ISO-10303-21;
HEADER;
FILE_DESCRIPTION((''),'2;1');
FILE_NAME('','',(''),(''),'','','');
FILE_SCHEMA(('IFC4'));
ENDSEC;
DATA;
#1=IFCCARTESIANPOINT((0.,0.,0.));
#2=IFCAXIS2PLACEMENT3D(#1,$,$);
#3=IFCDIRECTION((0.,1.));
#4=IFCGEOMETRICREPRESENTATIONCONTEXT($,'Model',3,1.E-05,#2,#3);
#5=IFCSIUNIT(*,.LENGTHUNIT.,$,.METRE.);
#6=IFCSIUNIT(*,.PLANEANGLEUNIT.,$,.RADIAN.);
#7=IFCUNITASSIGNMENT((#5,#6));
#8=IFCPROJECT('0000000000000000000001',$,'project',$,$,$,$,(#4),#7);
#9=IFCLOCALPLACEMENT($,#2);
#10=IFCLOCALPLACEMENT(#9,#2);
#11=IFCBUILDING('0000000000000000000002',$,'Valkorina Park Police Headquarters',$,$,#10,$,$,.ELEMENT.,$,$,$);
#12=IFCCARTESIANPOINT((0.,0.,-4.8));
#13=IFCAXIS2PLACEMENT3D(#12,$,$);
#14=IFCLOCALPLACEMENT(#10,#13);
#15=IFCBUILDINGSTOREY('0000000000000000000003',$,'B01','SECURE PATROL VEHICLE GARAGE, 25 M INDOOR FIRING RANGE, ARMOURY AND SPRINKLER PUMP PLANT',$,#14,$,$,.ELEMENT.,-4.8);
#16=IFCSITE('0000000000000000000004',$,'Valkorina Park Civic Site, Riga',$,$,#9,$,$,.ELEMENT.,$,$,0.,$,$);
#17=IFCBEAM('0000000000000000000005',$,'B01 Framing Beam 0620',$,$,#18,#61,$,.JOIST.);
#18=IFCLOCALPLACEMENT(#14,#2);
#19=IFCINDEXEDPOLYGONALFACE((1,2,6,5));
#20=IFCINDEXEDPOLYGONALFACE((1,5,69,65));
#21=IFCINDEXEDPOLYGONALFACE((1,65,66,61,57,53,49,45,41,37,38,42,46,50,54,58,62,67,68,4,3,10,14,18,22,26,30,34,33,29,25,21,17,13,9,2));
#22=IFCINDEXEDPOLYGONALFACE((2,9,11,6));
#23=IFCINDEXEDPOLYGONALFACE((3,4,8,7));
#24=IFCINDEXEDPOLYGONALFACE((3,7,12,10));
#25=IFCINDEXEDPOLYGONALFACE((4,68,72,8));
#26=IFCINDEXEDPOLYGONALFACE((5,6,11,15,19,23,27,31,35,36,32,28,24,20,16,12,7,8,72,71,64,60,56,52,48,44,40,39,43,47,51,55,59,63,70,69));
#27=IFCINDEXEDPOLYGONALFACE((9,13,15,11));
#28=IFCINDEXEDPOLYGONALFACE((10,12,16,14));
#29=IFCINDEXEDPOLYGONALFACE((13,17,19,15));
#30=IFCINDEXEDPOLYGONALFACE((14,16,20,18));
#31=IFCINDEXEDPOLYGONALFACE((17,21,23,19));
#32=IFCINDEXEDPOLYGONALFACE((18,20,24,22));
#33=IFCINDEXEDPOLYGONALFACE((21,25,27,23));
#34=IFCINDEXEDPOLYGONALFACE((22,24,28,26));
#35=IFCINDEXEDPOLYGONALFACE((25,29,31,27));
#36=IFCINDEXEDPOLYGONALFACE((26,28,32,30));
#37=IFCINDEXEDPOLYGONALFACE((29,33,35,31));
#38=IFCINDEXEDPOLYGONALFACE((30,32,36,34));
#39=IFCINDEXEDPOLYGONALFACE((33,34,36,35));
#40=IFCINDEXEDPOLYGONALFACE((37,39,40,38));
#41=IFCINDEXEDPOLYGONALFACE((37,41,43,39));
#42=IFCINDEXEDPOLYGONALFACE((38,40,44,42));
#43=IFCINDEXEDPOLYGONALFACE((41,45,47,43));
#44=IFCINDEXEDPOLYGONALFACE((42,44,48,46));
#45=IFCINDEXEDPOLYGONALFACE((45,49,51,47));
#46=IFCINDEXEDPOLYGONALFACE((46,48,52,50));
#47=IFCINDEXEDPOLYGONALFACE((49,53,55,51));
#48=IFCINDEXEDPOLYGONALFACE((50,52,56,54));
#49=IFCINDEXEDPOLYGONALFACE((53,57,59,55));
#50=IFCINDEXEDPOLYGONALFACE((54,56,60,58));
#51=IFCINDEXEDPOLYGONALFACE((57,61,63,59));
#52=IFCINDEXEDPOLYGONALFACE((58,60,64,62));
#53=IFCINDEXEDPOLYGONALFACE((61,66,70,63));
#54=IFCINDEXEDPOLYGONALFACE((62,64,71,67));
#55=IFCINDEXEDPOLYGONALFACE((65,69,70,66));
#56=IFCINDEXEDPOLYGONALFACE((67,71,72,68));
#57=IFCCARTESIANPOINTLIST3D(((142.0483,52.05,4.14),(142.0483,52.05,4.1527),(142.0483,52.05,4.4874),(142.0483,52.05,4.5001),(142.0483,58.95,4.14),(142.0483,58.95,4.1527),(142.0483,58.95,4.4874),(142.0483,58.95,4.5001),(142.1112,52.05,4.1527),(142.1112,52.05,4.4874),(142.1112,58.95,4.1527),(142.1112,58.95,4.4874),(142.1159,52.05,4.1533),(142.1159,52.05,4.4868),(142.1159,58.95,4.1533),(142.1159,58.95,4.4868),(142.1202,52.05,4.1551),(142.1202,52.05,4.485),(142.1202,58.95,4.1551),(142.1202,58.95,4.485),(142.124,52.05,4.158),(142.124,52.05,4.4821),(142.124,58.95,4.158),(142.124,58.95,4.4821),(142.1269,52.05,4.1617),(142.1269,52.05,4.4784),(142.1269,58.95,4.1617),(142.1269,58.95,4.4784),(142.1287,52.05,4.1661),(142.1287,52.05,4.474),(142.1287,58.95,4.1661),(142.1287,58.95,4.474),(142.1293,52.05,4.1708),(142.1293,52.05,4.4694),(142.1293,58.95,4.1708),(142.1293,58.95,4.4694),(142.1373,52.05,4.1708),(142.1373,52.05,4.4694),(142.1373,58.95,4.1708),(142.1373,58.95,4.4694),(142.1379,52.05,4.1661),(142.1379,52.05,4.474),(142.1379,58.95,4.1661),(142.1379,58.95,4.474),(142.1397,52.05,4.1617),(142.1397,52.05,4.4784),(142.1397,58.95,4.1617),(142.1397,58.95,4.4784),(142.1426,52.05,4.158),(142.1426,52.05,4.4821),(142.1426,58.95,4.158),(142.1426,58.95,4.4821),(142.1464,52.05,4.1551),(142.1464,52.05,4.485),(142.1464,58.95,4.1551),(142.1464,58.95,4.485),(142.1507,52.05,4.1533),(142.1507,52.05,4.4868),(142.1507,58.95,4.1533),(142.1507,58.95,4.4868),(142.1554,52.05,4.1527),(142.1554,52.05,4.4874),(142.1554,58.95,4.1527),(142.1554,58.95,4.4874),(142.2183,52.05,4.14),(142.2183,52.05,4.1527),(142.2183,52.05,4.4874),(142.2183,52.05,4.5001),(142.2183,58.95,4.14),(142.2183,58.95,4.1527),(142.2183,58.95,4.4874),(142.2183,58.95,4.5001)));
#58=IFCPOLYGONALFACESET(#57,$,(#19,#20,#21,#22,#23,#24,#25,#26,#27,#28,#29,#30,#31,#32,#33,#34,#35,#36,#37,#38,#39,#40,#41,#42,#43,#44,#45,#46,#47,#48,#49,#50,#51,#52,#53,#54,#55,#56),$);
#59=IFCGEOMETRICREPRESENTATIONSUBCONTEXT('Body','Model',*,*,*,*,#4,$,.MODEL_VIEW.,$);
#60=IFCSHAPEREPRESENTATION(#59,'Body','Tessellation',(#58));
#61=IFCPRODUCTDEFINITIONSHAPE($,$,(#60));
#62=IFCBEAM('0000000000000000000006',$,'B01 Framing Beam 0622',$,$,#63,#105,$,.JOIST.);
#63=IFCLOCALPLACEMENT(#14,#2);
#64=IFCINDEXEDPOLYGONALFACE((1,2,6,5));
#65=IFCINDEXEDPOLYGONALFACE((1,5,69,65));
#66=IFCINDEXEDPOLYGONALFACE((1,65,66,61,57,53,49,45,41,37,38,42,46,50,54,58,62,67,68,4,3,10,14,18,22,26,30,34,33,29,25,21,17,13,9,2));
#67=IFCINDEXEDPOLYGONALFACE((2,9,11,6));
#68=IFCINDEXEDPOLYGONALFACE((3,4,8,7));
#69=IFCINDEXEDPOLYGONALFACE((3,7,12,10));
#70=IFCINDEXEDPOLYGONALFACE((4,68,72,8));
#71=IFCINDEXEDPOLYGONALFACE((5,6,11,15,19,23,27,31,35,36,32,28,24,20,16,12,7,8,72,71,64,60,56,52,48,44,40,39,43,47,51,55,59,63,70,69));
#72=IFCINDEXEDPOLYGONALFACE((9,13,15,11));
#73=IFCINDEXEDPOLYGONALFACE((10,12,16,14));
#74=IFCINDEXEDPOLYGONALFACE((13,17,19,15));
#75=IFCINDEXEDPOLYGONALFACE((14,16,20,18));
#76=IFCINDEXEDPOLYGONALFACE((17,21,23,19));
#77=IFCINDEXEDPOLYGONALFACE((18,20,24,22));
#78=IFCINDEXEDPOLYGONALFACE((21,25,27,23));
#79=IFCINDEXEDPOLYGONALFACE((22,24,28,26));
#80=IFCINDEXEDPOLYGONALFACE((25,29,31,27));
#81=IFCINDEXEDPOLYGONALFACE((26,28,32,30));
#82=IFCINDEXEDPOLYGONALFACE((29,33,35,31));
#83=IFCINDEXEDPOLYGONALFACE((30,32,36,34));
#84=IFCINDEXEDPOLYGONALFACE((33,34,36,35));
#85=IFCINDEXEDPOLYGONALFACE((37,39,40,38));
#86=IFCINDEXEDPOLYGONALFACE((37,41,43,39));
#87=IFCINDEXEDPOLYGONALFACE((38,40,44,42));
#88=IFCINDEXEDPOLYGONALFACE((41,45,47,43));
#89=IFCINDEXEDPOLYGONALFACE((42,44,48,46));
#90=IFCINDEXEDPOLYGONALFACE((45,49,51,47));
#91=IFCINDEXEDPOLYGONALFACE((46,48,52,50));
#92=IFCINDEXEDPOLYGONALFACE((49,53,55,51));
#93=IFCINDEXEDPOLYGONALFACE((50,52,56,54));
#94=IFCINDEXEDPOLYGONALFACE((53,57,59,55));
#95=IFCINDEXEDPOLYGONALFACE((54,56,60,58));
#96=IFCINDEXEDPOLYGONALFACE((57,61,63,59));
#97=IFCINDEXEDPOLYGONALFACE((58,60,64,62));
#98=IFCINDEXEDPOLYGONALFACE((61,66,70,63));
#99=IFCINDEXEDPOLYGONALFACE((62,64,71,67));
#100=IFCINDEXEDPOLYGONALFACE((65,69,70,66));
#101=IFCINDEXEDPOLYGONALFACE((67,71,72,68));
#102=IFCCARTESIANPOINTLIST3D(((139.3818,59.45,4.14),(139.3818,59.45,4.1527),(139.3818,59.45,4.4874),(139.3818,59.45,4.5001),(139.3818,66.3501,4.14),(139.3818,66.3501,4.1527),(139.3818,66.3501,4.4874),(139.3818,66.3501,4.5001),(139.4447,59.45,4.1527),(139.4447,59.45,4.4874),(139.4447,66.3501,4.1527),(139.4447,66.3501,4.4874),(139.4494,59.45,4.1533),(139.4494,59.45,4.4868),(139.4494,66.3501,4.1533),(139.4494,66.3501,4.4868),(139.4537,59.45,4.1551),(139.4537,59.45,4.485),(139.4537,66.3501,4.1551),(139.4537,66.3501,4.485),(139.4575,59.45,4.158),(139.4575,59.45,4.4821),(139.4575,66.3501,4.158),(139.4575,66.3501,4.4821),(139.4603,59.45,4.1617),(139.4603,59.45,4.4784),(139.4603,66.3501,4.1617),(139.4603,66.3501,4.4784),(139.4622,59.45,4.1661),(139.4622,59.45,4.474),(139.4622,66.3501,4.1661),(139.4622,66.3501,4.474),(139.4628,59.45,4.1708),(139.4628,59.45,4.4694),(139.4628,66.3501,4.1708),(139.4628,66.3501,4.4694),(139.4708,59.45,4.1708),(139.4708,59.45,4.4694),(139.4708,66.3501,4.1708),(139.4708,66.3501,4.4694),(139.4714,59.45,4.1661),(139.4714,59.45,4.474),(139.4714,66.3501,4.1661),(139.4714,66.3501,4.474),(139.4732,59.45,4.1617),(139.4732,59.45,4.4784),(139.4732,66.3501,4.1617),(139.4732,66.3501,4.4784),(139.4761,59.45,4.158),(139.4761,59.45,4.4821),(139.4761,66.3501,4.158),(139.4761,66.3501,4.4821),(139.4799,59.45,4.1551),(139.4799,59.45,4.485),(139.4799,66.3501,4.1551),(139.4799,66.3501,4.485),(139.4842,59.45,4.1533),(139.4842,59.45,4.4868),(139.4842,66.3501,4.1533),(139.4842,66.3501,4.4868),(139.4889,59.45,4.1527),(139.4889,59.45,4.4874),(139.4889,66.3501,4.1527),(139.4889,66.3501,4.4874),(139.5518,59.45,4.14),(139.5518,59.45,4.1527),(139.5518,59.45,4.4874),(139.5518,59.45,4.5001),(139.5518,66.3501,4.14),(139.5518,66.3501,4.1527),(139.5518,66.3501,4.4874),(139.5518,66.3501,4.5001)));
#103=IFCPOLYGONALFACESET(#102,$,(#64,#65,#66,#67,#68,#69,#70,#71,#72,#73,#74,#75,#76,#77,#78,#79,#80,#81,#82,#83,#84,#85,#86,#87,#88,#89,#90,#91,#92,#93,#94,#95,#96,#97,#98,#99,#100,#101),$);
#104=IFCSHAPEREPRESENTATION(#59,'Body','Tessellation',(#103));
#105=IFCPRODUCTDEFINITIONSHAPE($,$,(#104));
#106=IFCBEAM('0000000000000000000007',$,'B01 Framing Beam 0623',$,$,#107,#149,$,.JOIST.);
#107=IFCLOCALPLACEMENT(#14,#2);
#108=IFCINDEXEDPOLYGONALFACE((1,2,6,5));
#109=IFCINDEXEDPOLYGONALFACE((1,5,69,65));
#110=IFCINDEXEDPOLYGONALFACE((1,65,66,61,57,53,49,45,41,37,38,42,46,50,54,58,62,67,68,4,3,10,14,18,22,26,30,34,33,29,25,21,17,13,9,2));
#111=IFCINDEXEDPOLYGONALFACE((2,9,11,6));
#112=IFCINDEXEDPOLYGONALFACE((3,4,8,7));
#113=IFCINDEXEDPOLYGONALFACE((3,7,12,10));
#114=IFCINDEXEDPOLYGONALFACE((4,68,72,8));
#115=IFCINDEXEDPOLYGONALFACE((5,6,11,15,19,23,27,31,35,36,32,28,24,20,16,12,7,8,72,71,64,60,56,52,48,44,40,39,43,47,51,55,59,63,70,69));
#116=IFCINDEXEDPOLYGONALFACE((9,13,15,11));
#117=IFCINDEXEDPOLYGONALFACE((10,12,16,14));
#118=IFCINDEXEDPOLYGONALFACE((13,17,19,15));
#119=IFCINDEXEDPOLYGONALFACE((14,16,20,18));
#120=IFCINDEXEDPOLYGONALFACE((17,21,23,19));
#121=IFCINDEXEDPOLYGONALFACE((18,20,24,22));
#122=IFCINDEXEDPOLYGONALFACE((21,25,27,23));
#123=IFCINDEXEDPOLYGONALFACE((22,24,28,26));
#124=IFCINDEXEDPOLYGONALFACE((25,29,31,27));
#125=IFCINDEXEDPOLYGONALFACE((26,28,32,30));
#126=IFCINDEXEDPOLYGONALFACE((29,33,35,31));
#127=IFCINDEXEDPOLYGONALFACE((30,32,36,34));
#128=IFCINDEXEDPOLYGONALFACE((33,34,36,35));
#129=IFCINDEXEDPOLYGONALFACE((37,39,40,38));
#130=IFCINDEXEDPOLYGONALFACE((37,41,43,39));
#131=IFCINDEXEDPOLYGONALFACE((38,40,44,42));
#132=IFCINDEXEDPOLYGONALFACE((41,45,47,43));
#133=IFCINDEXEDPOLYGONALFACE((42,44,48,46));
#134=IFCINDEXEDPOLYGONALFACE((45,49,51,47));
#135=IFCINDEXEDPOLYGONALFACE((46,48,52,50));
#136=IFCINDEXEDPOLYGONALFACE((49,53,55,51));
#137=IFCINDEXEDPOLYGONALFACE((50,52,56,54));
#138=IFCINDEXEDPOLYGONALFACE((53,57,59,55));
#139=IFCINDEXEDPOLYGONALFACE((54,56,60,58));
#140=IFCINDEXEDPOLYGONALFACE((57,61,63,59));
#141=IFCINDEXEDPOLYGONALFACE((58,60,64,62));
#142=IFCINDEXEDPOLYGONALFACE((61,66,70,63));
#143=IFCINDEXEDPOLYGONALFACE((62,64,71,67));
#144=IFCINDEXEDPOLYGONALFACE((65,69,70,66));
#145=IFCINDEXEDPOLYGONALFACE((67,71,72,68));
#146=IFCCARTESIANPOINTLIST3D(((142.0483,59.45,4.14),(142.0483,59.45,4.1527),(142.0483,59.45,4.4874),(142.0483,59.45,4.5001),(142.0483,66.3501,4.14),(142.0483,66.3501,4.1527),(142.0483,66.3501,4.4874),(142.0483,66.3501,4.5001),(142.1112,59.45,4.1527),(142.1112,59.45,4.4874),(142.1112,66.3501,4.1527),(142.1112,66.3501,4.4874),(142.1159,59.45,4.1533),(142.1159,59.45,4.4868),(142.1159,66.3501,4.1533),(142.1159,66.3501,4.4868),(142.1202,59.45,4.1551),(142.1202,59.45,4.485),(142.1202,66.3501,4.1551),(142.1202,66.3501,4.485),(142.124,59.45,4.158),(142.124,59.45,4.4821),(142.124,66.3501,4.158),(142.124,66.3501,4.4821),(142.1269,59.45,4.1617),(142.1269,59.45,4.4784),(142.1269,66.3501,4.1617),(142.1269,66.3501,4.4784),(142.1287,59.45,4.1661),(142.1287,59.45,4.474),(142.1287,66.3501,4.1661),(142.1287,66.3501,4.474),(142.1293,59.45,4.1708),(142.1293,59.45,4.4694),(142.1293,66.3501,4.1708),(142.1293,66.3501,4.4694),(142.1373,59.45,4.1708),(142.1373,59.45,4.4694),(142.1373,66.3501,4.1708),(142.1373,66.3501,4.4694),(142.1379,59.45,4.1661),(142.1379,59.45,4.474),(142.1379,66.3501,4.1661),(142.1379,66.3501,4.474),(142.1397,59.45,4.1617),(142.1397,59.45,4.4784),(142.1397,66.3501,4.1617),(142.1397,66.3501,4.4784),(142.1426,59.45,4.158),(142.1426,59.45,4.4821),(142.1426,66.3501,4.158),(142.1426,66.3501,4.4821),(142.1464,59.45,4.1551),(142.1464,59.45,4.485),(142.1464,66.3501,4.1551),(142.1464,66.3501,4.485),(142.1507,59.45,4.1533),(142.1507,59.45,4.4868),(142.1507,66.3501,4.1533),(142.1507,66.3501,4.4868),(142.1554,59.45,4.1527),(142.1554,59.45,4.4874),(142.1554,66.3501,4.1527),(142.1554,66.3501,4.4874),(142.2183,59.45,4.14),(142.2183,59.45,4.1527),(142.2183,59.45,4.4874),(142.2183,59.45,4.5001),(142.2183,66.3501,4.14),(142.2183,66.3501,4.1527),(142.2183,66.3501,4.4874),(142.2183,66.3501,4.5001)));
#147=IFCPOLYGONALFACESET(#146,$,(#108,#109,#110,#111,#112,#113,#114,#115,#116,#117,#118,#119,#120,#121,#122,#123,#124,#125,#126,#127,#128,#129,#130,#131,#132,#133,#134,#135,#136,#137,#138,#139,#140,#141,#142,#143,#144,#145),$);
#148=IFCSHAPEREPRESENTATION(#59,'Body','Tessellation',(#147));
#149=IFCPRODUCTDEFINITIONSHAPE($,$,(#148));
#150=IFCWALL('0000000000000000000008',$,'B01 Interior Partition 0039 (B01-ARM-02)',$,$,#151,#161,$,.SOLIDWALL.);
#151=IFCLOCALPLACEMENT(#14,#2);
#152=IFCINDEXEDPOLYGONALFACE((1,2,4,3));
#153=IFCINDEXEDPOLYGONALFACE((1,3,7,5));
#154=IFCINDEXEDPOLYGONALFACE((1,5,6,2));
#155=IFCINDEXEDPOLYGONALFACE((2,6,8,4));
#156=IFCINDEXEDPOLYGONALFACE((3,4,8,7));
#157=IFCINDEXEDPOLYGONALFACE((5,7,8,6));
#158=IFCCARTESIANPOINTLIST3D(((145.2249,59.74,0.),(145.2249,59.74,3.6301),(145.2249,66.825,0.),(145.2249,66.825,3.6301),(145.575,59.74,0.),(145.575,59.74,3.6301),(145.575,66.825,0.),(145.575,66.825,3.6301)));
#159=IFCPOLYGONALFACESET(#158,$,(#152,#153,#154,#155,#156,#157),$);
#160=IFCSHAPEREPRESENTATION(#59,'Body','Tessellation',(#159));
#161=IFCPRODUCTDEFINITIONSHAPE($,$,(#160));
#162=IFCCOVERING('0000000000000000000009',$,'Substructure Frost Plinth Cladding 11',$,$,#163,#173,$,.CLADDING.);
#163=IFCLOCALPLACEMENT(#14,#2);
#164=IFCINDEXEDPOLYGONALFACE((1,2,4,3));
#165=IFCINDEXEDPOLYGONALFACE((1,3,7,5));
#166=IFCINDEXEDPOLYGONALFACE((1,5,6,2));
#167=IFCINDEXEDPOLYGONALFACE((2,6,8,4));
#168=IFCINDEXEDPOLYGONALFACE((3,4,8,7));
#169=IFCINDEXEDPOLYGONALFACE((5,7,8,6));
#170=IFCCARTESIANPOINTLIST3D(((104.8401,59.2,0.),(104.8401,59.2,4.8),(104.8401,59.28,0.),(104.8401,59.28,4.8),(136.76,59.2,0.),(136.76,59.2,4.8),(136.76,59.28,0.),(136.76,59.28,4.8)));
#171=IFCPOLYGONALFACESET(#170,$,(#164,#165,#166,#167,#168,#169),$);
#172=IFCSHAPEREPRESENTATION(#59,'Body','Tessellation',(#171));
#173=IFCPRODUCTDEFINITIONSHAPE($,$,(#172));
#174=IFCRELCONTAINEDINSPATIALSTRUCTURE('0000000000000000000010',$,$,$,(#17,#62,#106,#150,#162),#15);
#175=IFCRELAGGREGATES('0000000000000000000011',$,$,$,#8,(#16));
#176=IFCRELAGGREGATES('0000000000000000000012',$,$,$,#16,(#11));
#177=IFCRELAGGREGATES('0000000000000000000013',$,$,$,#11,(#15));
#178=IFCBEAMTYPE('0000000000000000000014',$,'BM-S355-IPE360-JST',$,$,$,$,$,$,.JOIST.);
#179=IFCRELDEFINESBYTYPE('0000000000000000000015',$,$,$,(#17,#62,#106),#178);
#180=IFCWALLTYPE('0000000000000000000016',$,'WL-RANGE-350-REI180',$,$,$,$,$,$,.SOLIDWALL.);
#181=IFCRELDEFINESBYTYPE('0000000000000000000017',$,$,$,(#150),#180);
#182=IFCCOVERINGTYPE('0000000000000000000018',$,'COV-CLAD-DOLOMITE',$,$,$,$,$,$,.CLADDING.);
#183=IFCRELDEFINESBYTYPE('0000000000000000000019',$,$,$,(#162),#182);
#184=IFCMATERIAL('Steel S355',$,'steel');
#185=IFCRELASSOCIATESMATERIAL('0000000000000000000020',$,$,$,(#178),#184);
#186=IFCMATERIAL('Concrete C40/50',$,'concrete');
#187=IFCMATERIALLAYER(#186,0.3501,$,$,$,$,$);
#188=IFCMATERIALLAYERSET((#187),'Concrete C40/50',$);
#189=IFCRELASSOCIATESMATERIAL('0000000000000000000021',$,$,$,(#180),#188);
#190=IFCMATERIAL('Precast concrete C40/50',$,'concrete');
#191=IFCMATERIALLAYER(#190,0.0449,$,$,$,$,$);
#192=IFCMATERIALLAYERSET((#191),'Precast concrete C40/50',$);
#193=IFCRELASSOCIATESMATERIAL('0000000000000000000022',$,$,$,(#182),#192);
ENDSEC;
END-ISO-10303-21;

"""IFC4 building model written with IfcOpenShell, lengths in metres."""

from ifc_helpers import new_model, si_unit, direction, frame, frame_2d, origin, origin_2d, place, context, subcontext, project, spatial, rectangle, i_section, extrude, material, layer, layer_set, material_profile, profile_set, type_object, element, save


model = new_model("IFC4")

# Units and contexts
model_context = context("Model", 3, precision=1e-05, world=origin(), true_north=direction((0.0, 1.0)))
body_context = subcontext(model_context, "Body", "Model", "MODEL_VIEW")
ifc_project = project(units=[si_unit("LENGTHUNIT", "METRE"), si_unit("PLANEANGLEUNIT", "RADIAN")], contexts=[model_context])

# Site, building, storey
site_placement = place(None, origin())
site = spatial("IfcSite", under=ifc_project, at=site_placement, Name="Valkorina Park Civic Site, Riga", CompositionType="ELEMENT", RefElevation=0.0)
building_placement = place(site_placement, origin())
building = spatial("IfcBuilding", under=site, at=building_placement, Name="Valkorina Park Police Headquarters", CompositionType="ELEMENT")
storey_placement = place(building_placement, frame((0.0, 0.0, -4.8)))
storey = spatial("IfcBuildingStorey", under=building, at=storey_placement, Name="B01", Description="SECURE PATROL VEHICLE GARAGE, 25 M INDOOR FIRING RANGE, ARMOURY AND SPRINKLER PUMP PLANT", CompositionType="ELEMENT", Elevation=-4.8)

# Shared definitions
ifc_material_1 = material(Name="Concrete C40/50", Category="concrete")

# Beams
ifc_material_2 = material(Name="Steel S355", Category="steel")
ifc_material_profile_1 = material_profile(ifc_material_2, i_section(OverallWidth=0.1699, OverallDepth=0.3601, WebThickness=0.0081, FlangeThickness=0.0127, FilletRadius=0.0181, at=origin_2d()), Name="IPE 360")
ifc_profile_set_1 = profile_set([ifc_material_profile_1], Name="Steel S355")
beam_type_1 = type_object("IfcBeamType", Name="BM-S355-IPE360-JST", PredefinedType="JOIST", material=ifc_profile_set_1)
for number, where, z_axis, x_axis, name in (
    (1, (142.1333, 52.05, 4.3201), (0.0, 1.0, 0.0), (-1.0, 0.0, 0.0), "B01 Framing Beam 0620"),
):
    element("IfcBeam", number, at=place(storey_placement, frame(where, z_axis=z_axis, x_axis=x_axis)), inside=storey, type_object=beam_type_1, Name=name, PredefinedType="JOIST", context=body_context, shape_type="SweptSolid", body=[
        extrude(i_section(OverallWidth=0.1699, OverallDepth=0.3601, WebThickness=0.0081, FlangeThickness=0.0127, FilletRadius=0.0181, at=origin_2d()), origin(), (0.0, 0.0, 1.0), 6.8999),
    ])
for number, where, z_axis, x_axis, name in (
    (2, (139.4668, 59.45, 4.3201), (0.0, 1.0, 0.0), (-1.0, 0.0, 0.0), "B01 Framing Beam 0622"),
    (3, (142.1333, 59.45, 4.3201), (0.0, 1.0, 0.0), (-1.0, 0.0, 0.0), "B01 Framing Beam 0623"),
):
    element("IfcBeam", number, at=place(storey_placement, frame(where, z_axis=z_axis, x_axis=x_axis)), inside=storey, type_object=beam_type_1, Name=name, PredefinedType="JOIST", context=body_context, shape_type="SweptSolid", body=[
        extrude(i_section(OverallWidth=0.1699, OverallDepth=0.3601, WebThickness=0.0081, FlangeThickness=0.0127, FilletRadius=0.0181, at=origin_2d()), origin(), (0.0, 0.0, 1.0), 6.9001),
    ])

# Wall
ifc_layer_1 = layer(ifc_material_1, 0.3501)
ifc_layer_set_1 = layer_set([ifc_layer_1], Name="Concrete C40/50")
wall_type = type_object("IfcWallType", Name="WL-RANGE-350-REI180", PredefinedType="SOLIDWALL", material=ifc_layer_set_1)
wall_placement = place(storey_placement, frame((145.3999, 59.74, 0.0), z_axis=(0.0, 0.0, 1.0), x_axis=(0.0, 1.0, 0.0)))
element("IfcWall", 4, at=wall_placement, inside=storey, type_object=wall_type, Name="B01 Interior Partition 0039 (B01-ARM-02)", PredefinedType="SOLIDWALL", context=body_context, shape_type="SweptSolid", body=[
    extrude(rectangle(XDim=7.085, YDim=0.3501, at=frame_2d((3.5425, 0.0))), origin(), (0.0, 0.0, 1.0), 3.6301),
])

# Covering
ifc_material_3 = material(Name="Precast concrete C40/50", Category="concrete")
ifc_layer_2 = layer(ifc_material_3, 0.0449)
ifc_layer_set_2 = layer_set([ifc_layer_2], Name="Precast concrete C40/50")
covering_type = type_object("IfcCoveringType", Name="COV-CLAD-DOLOMITE", PredefinedType="CLADDING", material=ifc_layer_set_2)
covering_placement = place(storey_placement, frame((136.76, 59.24, 0.0), z_axis=(0.0, 0.0, 1.0), x_axis=(-1.0, 0.0, 0.0)))
element("IfcCovering", 5, at=covering_placement, inside=storey, type_object=covering_type, Name="Substructure Frost Plinth Cladding 11", PredefinedType="CLADDING", context=body_context, shape_type="SweptSolid", body=[
    extrude(rectangle(XDim=31.9199, YDim=0.0801, at=frame_2d((15.96, 0.0))), origin(), (0.0, 0.0, 1.0), 4.8),
])

save(model, "model.ifc")
